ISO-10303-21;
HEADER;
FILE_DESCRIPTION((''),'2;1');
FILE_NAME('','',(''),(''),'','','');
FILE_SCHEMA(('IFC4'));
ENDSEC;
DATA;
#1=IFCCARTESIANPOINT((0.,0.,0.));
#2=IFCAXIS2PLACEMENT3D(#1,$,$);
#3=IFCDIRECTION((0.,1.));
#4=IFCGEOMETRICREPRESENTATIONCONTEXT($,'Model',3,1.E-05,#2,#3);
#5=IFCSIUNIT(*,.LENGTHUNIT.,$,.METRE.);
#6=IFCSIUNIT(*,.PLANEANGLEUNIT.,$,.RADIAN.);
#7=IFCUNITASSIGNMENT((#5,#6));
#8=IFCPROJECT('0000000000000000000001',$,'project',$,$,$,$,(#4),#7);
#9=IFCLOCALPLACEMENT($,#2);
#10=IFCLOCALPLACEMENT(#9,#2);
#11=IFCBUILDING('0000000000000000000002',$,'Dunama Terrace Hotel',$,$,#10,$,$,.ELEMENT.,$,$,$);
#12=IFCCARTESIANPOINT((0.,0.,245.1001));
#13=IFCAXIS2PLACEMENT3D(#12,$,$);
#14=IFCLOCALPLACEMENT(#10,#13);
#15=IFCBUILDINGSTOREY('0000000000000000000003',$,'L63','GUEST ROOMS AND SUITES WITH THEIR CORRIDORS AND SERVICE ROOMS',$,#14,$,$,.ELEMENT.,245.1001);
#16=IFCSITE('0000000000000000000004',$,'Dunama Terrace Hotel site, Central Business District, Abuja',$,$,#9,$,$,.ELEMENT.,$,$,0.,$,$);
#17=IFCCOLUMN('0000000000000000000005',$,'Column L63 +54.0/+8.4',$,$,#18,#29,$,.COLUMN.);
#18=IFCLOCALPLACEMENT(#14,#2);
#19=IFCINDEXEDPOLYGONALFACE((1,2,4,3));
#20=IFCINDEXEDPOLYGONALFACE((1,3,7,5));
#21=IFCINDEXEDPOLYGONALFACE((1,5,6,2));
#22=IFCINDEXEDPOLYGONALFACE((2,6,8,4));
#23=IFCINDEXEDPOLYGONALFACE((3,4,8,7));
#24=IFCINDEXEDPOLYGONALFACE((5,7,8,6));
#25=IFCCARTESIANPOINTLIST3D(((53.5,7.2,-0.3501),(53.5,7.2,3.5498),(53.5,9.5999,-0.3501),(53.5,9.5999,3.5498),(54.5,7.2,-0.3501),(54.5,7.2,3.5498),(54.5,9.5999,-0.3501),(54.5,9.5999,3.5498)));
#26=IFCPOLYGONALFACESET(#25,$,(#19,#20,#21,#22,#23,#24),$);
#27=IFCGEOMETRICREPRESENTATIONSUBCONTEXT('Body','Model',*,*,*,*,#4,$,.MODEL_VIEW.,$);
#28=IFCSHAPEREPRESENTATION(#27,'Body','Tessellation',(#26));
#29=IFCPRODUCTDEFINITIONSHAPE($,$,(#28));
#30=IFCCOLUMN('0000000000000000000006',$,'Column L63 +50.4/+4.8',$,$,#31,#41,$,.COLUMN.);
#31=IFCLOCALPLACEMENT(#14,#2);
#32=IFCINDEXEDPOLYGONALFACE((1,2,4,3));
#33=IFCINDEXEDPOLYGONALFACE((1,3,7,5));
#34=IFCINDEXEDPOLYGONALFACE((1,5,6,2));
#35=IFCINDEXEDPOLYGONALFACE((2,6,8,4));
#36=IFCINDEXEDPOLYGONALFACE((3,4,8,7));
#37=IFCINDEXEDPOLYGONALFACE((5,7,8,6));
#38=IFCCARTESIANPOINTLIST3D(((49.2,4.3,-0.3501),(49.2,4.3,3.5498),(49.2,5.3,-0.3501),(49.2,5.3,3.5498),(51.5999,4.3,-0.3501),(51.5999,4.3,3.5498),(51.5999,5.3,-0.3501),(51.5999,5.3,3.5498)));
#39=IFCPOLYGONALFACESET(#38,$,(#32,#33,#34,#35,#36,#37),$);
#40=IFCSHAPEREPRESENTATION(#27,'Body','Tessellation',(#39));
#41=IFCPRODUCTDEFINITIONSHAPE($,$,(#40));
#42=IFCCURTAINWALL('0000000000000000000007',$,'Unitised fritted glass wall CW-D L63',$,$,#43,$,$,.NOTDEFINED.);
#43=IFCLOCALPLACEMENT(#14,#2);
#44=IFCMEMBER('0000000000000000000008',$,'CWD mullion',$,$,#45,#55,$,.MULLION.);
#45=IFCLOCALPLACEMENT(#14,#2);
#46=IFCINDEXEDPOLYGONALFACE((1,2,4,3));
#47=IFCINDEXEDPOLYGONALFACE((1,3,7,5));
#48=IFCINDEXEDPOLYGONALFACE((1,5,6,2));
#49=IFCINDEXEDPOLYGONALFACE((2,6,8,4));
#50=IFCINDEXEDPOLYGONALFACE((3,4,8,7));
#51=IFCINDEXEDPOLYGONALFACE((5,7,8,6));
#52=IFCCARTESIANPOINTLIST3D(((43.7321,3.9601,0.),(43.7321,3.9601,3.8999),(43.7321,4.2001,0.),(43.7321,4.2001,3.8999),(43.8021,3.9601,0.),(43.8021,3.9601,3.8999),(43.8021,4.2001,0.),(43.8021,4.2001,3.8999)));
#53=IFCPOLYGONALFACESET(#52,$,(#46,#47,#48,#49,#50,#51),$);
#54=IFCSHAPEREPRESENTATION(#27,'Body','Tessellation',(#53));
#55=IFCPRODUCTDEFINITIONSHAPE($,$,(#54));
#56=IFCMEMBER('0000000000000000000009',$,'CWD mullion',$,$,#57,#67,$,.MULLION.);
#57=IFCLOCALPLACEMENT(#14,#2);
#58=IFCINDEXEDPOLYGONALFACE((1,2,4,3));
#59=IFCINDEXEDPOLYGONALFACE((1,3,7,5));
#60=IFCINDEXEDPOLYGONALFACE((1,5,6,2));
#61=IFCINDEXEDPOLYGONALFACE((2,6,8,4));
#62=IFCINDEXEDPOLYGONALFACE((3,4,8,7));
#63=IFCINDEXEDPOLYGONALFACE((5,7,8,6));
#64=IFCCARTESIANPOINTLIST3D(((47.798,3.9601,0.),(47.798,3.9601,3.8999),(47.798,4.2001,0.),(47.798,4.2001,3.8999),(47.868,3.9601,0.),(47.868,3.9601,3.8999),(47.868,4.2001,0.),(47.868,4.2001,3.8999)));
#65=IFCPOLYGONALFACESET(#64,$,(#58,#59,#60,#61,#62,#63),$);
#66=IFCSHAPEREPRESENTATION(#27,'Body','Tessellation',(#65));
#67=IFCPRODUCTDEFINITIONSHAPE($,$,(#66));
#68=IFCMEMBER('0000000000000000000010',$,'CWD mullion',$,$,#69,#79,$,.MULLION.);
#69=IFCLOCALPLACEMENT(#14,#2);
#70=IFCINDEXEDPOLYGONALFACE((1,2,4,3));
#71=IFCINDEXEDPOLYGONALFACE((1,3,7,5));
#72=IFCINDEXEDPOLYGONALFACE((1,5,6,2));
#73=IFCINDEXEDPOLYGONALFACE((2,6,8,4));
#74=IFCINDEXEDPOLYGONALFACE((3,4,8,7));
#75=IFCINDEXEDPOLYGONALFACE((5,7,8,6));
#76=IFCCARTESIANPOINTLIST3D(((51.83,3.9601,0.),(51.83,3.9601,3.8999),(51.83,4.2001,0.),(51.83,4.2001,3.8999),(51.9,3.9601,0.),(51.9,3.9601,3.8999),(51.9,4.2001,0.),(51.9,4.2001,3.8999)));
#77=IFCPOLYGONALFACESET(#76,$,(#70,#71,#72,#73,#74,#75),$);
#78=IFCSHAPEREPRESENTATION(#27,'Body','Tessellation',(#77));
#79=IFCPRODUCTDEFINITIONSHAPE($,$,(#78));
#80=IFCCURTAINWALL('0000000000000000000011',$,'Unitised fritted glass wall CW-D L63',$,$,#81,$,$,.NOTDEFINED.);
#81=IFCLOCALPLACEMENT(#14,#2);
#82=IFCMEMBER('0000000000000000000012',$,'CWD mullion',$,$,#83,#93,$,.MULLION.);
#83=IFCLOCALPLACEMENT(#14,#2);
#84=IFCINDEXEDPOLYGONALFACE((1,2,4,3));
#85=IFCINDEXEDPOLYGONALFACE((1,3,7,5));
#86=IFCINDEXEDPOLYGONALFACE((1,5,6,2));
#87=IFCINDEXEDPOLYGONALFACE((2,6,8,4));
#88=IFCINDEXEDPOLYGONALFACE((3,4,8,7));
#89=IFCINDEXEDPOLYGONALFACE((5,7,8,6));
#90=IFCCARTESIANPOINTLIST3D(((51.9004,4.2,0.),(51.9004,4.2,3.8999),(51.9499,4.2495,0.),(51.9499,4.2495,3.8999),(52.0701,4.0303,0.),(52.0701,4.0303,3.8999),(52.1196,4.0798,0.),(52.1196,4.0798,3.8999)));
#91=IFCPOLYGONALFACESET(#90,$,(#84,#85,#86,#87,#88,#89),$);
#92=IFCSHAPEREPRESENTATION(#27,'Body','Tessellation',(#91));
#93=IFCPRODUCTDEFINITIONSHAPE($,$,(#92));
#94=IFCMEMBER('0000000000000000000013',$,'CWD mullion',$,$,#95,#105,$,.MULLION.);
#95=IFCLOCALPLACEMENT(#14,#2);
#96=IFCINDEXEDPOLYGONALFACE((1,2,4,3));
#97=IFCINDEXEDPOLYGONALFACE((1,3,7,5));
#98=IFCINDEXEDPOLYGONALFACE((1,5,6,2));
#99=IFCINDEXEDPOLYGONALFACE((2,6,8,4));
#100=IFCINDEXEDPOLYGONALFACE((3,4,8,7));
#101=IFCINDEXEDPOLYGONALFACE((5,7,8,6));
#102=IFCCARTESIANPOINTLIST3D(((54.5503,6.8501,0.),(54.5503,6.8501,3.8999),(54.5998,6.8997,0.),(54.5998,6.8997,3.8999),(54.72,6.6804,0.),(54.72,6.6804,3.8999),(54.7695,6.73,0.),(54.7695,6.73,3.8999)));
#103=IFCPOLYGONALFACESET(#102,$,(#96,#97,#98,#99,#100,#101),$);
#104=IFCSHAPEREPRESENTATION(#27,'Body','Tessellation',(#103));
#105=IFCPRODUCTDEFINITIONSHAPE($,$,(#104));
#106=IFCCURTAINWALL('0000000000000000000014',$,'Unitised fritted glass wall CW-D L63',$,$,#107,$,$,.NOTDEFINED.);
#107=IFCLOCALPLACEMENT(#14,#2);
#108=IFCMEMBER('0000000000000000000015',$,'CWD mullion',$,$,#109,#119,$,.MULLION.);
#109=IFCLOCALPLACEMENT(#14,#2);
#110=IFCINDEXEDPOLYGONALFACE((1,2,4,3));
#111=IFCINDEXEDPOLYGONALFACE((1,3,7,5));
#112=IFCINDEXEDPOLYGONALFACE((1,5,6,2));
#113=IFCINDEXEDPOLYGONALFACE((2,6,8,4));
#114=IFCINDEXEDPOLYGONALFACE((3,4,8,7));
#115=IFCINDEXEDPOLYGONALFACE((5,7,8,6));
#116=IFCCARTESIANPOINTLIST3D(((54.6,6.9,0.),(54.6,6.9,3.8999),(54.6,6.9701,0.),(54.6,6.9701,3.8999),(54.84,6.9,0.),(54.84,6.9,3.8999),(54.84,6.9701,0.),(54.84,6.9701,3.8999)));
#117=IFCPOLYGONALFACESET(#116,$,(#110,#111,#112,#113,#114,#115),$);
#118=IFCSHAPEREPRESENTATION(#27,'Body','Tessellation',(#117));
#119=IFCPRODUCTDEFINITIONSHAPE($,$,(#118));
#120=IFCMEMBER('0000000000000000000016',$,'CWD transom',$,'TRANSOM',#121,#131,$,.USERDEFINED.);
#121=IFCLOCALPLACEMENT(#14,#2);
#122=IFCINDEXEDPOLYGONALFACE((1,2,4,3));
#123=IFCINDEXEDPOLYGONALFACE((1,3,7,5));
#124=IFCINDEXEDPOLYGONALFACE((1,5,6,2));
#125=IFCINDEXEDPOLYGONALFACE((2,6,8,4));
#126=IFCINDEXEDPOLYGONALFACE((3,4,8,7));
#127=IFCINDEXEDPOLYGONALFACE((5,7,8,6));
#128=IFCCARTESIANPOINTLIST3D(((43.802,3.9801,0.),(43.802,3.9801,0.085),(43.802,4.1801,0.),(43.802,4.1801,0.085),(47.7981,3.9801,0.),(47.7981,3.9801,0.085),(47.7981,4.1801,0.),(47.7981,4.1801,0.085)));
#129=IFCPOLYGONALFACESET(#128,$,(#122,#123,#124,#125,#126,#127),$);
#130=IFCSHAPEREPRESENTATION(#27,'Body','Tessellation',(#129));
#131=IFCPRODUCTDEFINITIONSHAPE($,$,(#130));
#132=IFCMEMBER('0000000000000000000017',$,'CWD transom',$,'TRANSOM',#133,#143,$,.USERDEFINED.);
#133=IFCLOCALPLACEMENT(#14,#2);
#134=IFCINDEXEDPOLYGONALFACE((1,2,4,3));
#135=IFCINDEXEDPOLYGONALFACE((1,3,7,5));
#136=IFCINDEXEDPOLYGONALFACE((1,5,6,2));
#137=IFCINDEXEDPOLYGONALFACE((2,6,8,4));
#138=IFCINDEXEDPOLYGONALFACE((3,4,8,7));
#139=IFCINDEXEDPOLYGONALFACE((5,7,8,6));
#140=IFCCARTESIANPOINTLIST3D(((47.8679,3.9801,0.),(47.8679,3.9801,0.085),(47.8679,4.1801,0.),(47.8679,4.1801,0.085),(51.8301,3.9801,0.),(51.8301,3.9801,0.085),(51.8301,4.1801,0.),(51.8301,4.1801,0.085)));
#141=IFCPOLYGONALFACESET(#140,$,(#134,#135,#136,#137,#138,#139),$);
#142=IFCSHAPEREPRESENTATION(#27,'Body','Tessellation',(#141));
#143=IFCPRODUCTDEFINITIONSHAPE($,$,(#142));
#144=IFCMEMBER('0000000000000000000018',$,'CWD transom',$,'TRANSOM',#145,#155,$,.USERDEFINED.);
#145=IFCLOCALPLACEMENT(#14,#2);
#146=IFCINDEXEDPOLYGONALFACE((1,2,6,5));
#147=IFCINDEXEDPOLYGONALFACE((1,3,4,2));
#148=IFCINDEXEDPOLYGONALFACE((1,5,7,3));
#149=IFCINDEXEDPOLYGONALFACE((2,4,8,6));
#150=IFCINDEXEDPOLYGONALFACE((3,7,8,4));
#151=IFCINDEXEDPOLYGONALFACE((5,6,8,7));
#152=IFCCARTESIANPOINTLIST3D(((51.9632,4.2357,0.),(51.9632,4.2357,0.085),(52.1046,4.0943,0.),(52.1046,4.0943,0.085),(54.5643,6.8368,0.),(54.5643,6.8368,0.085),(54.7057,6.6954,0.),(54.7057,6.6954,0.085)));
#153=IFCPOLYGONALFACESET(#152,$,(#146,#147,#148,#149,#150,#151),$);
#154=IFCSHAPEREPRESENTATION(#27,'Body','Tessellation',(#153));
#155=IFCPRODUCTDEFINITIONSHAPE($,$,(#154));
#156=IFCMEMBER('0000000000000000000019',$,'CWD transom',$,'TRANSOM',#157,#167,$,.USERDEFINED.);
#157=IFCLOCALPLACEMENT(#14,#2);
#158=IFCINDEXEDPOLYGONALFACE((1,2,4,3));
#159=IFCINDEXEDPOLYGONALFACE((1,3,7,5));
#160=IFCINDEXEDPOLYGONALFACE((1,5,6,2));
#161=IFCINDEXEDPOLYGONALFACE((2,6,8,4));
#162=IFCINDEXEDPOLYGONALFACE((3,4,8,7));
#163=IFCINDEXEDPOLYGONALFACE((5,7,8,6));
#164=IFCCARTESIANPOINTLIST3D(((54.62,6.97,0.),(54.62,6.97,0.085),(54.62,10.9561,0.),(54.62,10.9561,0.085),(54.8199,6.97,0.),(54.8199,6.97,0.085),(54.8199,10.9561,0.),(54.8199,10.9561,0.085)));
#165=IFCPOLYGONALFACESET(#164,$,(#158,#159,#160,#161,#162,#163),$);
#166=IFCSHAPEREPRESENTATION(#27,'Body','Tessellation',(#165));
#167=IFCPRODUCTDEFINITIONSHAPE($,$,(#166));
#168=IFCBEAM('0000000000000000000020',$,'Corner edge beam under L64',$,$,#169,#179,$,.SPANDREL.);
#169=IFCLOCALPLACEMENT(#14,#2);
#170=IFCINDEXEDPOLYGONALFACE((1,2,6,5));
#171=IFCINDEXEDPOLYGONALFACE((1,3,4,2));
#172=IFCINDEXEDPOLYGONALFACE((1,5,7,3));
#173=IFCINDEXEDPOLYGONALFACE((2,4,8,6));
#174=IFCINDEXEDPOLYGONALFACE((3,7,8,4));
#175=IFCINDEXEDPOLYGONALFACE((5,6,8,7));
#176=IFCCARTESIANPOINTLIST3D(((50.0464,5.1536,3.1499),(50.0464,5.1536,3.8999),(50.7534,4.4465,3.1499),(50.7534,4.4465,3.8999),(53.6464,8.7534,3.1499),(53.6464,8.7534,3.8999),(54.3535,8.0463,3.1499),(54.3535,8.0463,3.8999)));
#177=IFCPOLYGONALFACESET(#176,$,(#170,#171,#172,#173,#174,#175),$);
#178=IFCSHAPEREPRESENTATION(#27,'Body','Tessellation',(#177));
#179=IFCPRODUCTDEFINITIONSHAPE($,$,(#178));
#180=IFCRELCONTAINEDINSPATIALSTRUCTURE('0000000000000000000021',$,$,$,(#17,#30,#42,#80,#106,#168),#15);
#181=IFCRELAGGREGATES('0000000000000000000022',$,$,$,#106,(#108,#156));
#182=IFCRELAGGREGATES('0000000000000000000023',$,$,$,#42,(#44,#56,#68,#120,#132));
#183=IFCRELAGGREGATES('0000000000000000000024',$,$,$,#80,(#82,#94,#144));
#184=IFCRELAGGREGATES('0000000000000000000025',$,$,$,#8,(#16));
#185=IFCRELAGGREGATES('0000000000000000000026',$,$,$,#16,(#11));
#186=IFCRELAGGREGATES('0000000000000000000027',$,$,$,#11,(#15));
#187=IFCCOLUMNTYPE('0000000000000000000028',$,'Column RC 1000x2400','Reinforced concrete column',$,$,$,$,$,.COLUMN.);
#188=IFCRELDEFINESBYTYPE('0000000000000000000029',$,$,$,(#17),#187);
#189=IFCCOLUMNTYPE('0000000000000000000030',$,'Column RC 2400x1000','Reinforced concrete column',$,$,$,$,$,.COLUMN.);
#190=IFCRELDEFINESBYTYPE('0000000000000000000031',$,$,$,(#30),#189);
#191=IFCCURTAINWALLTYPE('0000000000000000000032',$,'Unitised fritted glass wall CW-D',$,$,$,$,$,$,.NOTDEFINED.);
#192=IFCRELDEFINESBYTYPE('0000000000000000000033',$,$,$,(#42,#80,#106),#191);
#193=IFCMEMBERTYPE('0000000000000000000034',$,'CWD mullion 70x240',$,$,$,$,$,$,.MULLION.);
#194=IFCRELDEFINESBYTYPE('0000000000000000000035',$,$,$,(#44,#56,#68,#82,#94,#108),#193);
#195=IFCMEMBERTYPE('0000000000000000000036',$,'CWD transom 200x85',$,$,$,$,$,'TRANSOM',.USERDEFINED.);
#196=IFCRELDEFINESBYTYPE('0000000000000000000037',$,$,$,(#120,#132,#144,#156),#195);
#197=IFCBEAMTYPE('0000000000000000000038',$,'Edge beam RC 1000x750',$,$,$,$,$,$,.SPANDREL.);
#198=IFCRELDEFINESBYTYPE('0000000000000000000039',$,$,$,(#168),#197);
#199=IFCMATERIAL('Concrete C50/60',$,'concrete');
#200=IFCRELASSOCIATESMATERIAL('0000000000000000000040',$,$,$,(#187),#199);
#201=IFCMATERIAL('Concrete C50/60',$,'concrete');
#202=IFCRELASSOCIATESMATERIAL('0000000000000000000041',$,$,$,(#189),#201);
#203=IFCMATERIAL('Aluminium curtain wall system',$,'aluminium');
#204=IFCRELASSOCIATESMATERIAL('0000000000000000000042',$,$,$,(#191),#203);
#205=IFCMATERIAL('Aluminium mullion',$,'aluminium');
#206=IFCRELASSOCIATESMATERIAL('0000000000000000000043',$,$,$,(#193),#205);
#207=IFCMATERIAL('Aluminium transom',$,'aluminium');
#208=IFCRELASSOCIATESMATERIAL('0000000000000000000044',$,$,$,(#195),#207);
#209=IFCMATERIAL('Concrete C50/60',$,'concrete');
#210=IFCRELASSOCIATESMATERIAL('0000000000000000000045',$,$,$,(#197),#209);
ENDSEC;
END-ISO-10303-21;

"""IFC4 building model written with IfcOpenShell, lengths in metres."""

from ifc_helpers import new_model, si_unit, direction, frame, origin, origin_2d, place, context, subcontext, project, spatial, rectangle, extrude, material, material_profile, profile_set, type_object, element, aggregate, save


model = new_model("IFC4")

# Units and contexts
model_context = context("Model", 3, precision=1e-05, world=origin(), true_north=direction((0.0, 1.0)))
body_context = subcontext(model_context, "Body", "Model", "MODEL_VIEW")
ifc_project = project(units=[si_unit("LENGTHUNIT", "METRE"), si_unit("PLANEANGLEUNIT", "RADIAN")], contexts=[model_context])

# Site, building, storey
site_placement = place(None, origin())
site = spatial("IfcSite", under=ifc_project, at=site_placement, Name="Dunama Terrace Hotel site, Central Business District, Abuja", CompositionType="ELEMENT", RefElevation=0.0)
building_placement = place(site_placement, origin())
building = spatial("IfcBuilding", under=site, at=building_placement, Name="Dunama Terrace Hotel", CompositionType="ELEMENT")
storey_placement = place(building_placement, frame((0.0, 0.0, 245.1001)))
storey = spatial("IfcBuildingStorey", under=building, at=storey_placement, Name="L63", Description="GUEST ROOMS AND SUITES WITH THEIR CORRIDORS AND SERVICE ROOMS", CompositionType="ELEMENT", Elevation=245.1001)

# Columns
ifc_material_1 = material(Name="Concrete C50/60", Category="concrete")
ifc_material_profile_1 = material_profile(ifc_material_1, rectangle(XDim=1.0, YDim=2.3999, at=origin_2d()), Name="RC 1000x2400")
ifc_profile_set_1 = profile_set([ifc_material_profile_1], Name="Concrete C50/60")
column_type_1 = type_object("IfcColumnType", Name="Column RC 1000x2400", Description="Reinforced concrete column", PredefinedType="COLUMN", material=ifc_profile_set_1)
column_1_placement = place(storey_placement, frame((54.0, 8.3999, -0.3501), z_axis=(0.0, 0.0, 1.0), x_axis=(1.0, 0.0, 0.0)))
element("IfcColumn", 1, at=column_1_placement, inside=storey, type_object=column_type_1, Name="Column L63 +54.0/+8.4", PredefinedType="COLUMN", context=body_context, shape_type="SweptSolid", body=[
    extrude(rectangle(XDim=1.0, YDim=2.3999, at=origin_2d()), origin(), (0.0, 0.0, 1.0), 3.8999),
])
ifc_material_2 = material(Name="Concrete C50/60", Category="concrete")
ifc_material_profile_2 = material_profile(ifc_material_2, rectangle(XDim=2.3999, YDim=1.0, at=origin_2d()), Name="RC 2400x1000")
ifc_profile_set_2 = profile_set([ifc_material_profile_2], Name="Concrete C50/60")
column_type_2 = type_object("IfcColumnType", Name="Column RC 2400x1000", Description="Reinforced concrete column", PredefinedType="COLUMN", material=ifc_profile_set_2)
column_2_placement = place(storey_placement, frame((50.3999, 4.8, -0.3501), z_axis=(0.0, 0.0, 1.0), x_axis=(1.0, 0.0, 0.0)))
element("IfcColumn", 2, at=column_2_placement, inside=storey, type_object=column_type_2, Name="Column L63 +50.4/+4.8", PredefinedType="COLUMN", context=body_context, shape_type="SweptSolid", body=[
    extrude(rectangle(XDim=2.3999, YDim=1.0, at=origin_2d()), origin(), (0.0, 0.0, 1.0), 3.8999),
])

# Curtain walls, members
ifc_material_3 = material(Name="Aluminium curtain wall system", Category="aluminium")
curtain_wall_type = type_object("IfcCurtainWallType", Name="Unitised fritted glass wall CW-D", PredefinedType="NOTDEFINED", material=ifc_material_3)
curtain_wall_1_placement = place(storey_placement, origin())
curtain_wall_1 = element("IfcCurtainWall", 3, at=curtain_wall_1_placement, inside=storey, type_object=curtain_wall_type, Name="Unitised fritted glass wall CW-D L63", PredefinedType="NOTDEFINED")
ifc_material_4 = material(Name="Aluminium mullion", Category="aluminium")
ifc_material_profile_3 = material_profile(ifc_material_4, rectangle(XDim=0.0701, YDim=0.24, at=origin_2d()), Name="CWD MULLION 70X240")
ifc_profile_set_3 = profile_set([ifc_material_profile_3], Name="Aluminium mullion")
member_type_1 = type_object("IfcMemberType", Name="CWD mullion 70x240", PredefinedType="MULLION", material=ifc_profile_set_3)
member_1_placement = place(storey_placement, frame((43.7671, 4.0801, 0.0), z_axis=(0.0, 0.0, 1.0), x_axis=(1.0, 0.0, 0.0)))
member_1 = element("IfcMember", 4, at=member_1_placement, type_object=member_type_1, Name="CWD mullion", PredefinedType="MULLION", context=body_context, shape_type="SweptSolid", body=[
    extrude(rectangle(XDim=0.0701, YDim=0.24, at=origin_2d()), origin(), (0.0, 0.0, 1.0), 3.8999),
])
member_2_placement = place(storey_placement, frame((47.833, 4.0801, 0.0), z_axis=(0.0, 0.0, 1.0), x_axis=(1.0, 0.0, 0.0)))
member_2 = element("IfcMember", 5, at=member_2_placement, type_object=member_type_1, Name="CWD mullion", PredefinedType="MULLION", context=body_context, shape_type="SweptSolid", body=[
    extrude(rectangle(XDim=0.0701, YDim=0.24, at=origin_2d()), origin(), (0.0, 0.0, 1.0), 3.8999),
])
member_3_placement = place(storey_placement, frame((51.865, 4.0801, 0.0), z_axis=(0.0, 0.0, 1.0), x_axis=(1.0, 0.0, 0.0)))
member_3 = element("IfcMember", 6, at=member_3_placement, type_object=member_type_1, Name="CWD mullion", PredefinedType="MULLION", context=body_context, shape_type="SweptSolid", body=[
    extrude(rectangle(XDim=0.0701, YDim=0.24, at=origin_2d()), origin(), (0.0, 0.0, 1.0), 3.8999),
])
curtain_wall_2_placement = place(storey_placement, origin())
curtain_wall_2 = element("IfcCurtainWall", 7, at=curtain_wall_2_placement, inside=storey, type_object=curtain_wall_type, Name="Unitised fritted glass wall CW-D L63", PredefinedType="NOTDEFINED")
member_4_placement = place(storey_placement, frame((52.01, 4.1399, 0.0), z_axis=(0.0, 0.0, 1.0), x_axis=(0.707107, 0.707107, 0.0)))
member_4 = element("IfcMember", 8, at=member_4_placement, type_object=member_type_1, Name="CWD mullion", PredefinedType="MULLION", context=body_context, shape_type="SweptSolid", body=[
    extrude(rectangle(XDim=0.0701, YDim=0.24, at=origin_2d()), origin(), (0.0, 0.0, 1.0), 3.8999),
])
member_5_placement = place(storey_placement, frame((54.6599, 6.79, 0.0), z_axis=(0.0, 0.0, 1.0), x_axis=(0.707107, 0.707107, 0.0)))
member_5 = element("IfcMember", 9, at=member_5_placement, type_object=member_type_1, Name="CWD mullion", PredefinedType="MULLION", context=body_context, shape_type="SweptSolid", body=[
    extrude(rectangle(XDim=0.0701, YDim=0.24, at=origin_2d()), origin(), (0.0, 0.0, 1.0), 3.8999),
])

# Curtain wall, member
curtain_wall_3_placement = place(storey_placement, origin())
curtain_wall_3 = element("IfcCurtainWall", 10, at=curtain_wall_3_placement, inside=storey, type_object=curtain_wall_type, Name="Unitised fritted glass wall CW-D L63", PredefinedType="NOTDEFINED")
member_6_placement = place(storey_placement, frame((54.72, 6.9351, 0.0), z_axis=(0.0, 0.0, 1.0), x_axis=(0.0, 1.0, 0.0)))
member_6 = element("IfcMember", 11, at=member_6_placement, type_object=member_type_1, Name="CWD mullion", PredefinedType="MULLION", context=body_context, shape_type="SweptSolid", body=[
    extrude(rectangle(XDim=0.0701, YDim=0.24, at=origin_2d()), origin(), (0.0, 0.0, 1.0), 3.8999),
])

# Members
ifc_material_5 = material(Name="Aluminium transom", Category="aluminium")
ifc_material_profile_4 = material_profile(ifc_material_5, rectangle(XDim=0.2, YDim=0.085, at=origin_2d()), Name="CWD TRANSOM 200X85")
ifc_profile_set_4 = profile_set([ifc_material_profile_4], Name="Aluminium transom")
member_type_2 = type_object("IfcMemberType", Name="CWD transom 200x85", ElementType="TRANSOM", PredefinedType="USERDEFINED", material=ifc_profile_set_4)
member_7_placement = place(storey_placement, frame((43.802, 4.0801, 0.0425), z_axis=(1.0, 0.0, 0.0), x_axis=(0.0, 1.0, 0.0)))
member_7 = element("IfcMember", 12, at=member_7_placement, type_object=member_type_2, Name="CWD transom", ObjectType="TRANSOM", PredefinedType="USERDEFINED", context=body_context, shape_type="SweptSolid", body=[
    extrude(rectangle(XDim=0.2, YDim=0.085, at=origin_2d()), origin(), (0.0, 0.0, 1.0), 3.9961),
])
member_8_placement = place(storey_placement, frame((47.8679, 4.0801, 0.0425), z_axis=(1.0, 0.0, 0.0), x_axis=(0.0, 1.0, 0.0)))
member_8 = element("IfcMember", 13, at=member_8_placement, type_object=member_type_2, Name="CWD transom", ObjectType="TRANSOM", PredefinedType="USERDEFINED", context=body_context, shape_type="SweptSolid", body=[
    extrude(rectangle(XDim=0.2, YDim=0.085, at=origin_2d()), origin(), (0.0, 0.0, 1.0), 3.9622),
])
member_9_placement = place(storey_placement, frame((52.0339, 4.165, 0.0425), z_axis=(0.707107, 0.707107, 0.0), x_axis=(-0.707107, 0.707107, 0.0)))
member_9 = element("IfcMember", 14, at=member_9_placement, type_object=member_type_2, Name="CWD transom", ObjectType="TRANSOM", PredefinedType="USERDEFINED", context=body_context, shape_type="SweptSolid", body=[
    extrude(rectangle(XDim=0.2, YDim=0.085, at=origin_2d()), origin(), (0.0, 0.0, 1.0), 3.6785),
])
member_10_placement = place(storey_placement, frame((54.72, 6.97, 0.0425), z_axis=(0.0, 1.0, 0.0), x_axis=(-1.0, 0.0, 0.0)))
member_10 = element("IfcMember", 15, at=member_10_placement, type_object=member_type_2, Name="CWD transom", ObjectType="TRANSOM", PredefinedType="USERDEFINED", context=body_context, shape_type="SweptSolid", body=[
    extrude(rectangle(XDim=0.2, YDim=0.085, at=origin_2d()), origin(), (0.0, 0.0, 1.0), 3.9861),
])
aggregate(curtain_wall_3, [member_6, member_10])

# Beam
ifc_material_6 = material(Name="Concrete C50/60", Category="concrete")
ifc_material_profile_5 = material_profile(ifc_material_6, rectangle(XDim=1.0, YDim=0.75, at=origin_2d()), Name="RC 1000x750")
ifc_profile_set_5 = profile_set([ifc_material_profile_5], Name="Concrete C50/60")
beam_type_1 = type_object("IfcBeamType", Name="Edge beam RC 1000x750", PredefinedType="SPANDREL", material=ifc_profile_set_5)
beam_1_placement = place(storey_placement, frame((50.3999, 4.8, 3.5249), z_axis=(0.707131, 0.707083, 0.0), x_axis=(-0.707083, 0.707131, 0.0)))
element("IfcBeam", 16, at=beam_1_placement, inside=storey, type_object=beam_type_1, Name="Corner edge beam under L64", PredefinedType="SPANDREL", context=body_context, shape_type="SweptSolid", body=[
    extrude(rectangle(XDim=1.0, YDim=0.75, at=origin_2d()), origin(), (0.0, 0.0, 1.0), 5.0911),
])

aggregate(curtain_wall_1, [member_1, member_2, member_3, member_7, member_8])
aggregate(curtain_wall_2, [member_4, member_5, member_9])

save(model, "model.ifc")
